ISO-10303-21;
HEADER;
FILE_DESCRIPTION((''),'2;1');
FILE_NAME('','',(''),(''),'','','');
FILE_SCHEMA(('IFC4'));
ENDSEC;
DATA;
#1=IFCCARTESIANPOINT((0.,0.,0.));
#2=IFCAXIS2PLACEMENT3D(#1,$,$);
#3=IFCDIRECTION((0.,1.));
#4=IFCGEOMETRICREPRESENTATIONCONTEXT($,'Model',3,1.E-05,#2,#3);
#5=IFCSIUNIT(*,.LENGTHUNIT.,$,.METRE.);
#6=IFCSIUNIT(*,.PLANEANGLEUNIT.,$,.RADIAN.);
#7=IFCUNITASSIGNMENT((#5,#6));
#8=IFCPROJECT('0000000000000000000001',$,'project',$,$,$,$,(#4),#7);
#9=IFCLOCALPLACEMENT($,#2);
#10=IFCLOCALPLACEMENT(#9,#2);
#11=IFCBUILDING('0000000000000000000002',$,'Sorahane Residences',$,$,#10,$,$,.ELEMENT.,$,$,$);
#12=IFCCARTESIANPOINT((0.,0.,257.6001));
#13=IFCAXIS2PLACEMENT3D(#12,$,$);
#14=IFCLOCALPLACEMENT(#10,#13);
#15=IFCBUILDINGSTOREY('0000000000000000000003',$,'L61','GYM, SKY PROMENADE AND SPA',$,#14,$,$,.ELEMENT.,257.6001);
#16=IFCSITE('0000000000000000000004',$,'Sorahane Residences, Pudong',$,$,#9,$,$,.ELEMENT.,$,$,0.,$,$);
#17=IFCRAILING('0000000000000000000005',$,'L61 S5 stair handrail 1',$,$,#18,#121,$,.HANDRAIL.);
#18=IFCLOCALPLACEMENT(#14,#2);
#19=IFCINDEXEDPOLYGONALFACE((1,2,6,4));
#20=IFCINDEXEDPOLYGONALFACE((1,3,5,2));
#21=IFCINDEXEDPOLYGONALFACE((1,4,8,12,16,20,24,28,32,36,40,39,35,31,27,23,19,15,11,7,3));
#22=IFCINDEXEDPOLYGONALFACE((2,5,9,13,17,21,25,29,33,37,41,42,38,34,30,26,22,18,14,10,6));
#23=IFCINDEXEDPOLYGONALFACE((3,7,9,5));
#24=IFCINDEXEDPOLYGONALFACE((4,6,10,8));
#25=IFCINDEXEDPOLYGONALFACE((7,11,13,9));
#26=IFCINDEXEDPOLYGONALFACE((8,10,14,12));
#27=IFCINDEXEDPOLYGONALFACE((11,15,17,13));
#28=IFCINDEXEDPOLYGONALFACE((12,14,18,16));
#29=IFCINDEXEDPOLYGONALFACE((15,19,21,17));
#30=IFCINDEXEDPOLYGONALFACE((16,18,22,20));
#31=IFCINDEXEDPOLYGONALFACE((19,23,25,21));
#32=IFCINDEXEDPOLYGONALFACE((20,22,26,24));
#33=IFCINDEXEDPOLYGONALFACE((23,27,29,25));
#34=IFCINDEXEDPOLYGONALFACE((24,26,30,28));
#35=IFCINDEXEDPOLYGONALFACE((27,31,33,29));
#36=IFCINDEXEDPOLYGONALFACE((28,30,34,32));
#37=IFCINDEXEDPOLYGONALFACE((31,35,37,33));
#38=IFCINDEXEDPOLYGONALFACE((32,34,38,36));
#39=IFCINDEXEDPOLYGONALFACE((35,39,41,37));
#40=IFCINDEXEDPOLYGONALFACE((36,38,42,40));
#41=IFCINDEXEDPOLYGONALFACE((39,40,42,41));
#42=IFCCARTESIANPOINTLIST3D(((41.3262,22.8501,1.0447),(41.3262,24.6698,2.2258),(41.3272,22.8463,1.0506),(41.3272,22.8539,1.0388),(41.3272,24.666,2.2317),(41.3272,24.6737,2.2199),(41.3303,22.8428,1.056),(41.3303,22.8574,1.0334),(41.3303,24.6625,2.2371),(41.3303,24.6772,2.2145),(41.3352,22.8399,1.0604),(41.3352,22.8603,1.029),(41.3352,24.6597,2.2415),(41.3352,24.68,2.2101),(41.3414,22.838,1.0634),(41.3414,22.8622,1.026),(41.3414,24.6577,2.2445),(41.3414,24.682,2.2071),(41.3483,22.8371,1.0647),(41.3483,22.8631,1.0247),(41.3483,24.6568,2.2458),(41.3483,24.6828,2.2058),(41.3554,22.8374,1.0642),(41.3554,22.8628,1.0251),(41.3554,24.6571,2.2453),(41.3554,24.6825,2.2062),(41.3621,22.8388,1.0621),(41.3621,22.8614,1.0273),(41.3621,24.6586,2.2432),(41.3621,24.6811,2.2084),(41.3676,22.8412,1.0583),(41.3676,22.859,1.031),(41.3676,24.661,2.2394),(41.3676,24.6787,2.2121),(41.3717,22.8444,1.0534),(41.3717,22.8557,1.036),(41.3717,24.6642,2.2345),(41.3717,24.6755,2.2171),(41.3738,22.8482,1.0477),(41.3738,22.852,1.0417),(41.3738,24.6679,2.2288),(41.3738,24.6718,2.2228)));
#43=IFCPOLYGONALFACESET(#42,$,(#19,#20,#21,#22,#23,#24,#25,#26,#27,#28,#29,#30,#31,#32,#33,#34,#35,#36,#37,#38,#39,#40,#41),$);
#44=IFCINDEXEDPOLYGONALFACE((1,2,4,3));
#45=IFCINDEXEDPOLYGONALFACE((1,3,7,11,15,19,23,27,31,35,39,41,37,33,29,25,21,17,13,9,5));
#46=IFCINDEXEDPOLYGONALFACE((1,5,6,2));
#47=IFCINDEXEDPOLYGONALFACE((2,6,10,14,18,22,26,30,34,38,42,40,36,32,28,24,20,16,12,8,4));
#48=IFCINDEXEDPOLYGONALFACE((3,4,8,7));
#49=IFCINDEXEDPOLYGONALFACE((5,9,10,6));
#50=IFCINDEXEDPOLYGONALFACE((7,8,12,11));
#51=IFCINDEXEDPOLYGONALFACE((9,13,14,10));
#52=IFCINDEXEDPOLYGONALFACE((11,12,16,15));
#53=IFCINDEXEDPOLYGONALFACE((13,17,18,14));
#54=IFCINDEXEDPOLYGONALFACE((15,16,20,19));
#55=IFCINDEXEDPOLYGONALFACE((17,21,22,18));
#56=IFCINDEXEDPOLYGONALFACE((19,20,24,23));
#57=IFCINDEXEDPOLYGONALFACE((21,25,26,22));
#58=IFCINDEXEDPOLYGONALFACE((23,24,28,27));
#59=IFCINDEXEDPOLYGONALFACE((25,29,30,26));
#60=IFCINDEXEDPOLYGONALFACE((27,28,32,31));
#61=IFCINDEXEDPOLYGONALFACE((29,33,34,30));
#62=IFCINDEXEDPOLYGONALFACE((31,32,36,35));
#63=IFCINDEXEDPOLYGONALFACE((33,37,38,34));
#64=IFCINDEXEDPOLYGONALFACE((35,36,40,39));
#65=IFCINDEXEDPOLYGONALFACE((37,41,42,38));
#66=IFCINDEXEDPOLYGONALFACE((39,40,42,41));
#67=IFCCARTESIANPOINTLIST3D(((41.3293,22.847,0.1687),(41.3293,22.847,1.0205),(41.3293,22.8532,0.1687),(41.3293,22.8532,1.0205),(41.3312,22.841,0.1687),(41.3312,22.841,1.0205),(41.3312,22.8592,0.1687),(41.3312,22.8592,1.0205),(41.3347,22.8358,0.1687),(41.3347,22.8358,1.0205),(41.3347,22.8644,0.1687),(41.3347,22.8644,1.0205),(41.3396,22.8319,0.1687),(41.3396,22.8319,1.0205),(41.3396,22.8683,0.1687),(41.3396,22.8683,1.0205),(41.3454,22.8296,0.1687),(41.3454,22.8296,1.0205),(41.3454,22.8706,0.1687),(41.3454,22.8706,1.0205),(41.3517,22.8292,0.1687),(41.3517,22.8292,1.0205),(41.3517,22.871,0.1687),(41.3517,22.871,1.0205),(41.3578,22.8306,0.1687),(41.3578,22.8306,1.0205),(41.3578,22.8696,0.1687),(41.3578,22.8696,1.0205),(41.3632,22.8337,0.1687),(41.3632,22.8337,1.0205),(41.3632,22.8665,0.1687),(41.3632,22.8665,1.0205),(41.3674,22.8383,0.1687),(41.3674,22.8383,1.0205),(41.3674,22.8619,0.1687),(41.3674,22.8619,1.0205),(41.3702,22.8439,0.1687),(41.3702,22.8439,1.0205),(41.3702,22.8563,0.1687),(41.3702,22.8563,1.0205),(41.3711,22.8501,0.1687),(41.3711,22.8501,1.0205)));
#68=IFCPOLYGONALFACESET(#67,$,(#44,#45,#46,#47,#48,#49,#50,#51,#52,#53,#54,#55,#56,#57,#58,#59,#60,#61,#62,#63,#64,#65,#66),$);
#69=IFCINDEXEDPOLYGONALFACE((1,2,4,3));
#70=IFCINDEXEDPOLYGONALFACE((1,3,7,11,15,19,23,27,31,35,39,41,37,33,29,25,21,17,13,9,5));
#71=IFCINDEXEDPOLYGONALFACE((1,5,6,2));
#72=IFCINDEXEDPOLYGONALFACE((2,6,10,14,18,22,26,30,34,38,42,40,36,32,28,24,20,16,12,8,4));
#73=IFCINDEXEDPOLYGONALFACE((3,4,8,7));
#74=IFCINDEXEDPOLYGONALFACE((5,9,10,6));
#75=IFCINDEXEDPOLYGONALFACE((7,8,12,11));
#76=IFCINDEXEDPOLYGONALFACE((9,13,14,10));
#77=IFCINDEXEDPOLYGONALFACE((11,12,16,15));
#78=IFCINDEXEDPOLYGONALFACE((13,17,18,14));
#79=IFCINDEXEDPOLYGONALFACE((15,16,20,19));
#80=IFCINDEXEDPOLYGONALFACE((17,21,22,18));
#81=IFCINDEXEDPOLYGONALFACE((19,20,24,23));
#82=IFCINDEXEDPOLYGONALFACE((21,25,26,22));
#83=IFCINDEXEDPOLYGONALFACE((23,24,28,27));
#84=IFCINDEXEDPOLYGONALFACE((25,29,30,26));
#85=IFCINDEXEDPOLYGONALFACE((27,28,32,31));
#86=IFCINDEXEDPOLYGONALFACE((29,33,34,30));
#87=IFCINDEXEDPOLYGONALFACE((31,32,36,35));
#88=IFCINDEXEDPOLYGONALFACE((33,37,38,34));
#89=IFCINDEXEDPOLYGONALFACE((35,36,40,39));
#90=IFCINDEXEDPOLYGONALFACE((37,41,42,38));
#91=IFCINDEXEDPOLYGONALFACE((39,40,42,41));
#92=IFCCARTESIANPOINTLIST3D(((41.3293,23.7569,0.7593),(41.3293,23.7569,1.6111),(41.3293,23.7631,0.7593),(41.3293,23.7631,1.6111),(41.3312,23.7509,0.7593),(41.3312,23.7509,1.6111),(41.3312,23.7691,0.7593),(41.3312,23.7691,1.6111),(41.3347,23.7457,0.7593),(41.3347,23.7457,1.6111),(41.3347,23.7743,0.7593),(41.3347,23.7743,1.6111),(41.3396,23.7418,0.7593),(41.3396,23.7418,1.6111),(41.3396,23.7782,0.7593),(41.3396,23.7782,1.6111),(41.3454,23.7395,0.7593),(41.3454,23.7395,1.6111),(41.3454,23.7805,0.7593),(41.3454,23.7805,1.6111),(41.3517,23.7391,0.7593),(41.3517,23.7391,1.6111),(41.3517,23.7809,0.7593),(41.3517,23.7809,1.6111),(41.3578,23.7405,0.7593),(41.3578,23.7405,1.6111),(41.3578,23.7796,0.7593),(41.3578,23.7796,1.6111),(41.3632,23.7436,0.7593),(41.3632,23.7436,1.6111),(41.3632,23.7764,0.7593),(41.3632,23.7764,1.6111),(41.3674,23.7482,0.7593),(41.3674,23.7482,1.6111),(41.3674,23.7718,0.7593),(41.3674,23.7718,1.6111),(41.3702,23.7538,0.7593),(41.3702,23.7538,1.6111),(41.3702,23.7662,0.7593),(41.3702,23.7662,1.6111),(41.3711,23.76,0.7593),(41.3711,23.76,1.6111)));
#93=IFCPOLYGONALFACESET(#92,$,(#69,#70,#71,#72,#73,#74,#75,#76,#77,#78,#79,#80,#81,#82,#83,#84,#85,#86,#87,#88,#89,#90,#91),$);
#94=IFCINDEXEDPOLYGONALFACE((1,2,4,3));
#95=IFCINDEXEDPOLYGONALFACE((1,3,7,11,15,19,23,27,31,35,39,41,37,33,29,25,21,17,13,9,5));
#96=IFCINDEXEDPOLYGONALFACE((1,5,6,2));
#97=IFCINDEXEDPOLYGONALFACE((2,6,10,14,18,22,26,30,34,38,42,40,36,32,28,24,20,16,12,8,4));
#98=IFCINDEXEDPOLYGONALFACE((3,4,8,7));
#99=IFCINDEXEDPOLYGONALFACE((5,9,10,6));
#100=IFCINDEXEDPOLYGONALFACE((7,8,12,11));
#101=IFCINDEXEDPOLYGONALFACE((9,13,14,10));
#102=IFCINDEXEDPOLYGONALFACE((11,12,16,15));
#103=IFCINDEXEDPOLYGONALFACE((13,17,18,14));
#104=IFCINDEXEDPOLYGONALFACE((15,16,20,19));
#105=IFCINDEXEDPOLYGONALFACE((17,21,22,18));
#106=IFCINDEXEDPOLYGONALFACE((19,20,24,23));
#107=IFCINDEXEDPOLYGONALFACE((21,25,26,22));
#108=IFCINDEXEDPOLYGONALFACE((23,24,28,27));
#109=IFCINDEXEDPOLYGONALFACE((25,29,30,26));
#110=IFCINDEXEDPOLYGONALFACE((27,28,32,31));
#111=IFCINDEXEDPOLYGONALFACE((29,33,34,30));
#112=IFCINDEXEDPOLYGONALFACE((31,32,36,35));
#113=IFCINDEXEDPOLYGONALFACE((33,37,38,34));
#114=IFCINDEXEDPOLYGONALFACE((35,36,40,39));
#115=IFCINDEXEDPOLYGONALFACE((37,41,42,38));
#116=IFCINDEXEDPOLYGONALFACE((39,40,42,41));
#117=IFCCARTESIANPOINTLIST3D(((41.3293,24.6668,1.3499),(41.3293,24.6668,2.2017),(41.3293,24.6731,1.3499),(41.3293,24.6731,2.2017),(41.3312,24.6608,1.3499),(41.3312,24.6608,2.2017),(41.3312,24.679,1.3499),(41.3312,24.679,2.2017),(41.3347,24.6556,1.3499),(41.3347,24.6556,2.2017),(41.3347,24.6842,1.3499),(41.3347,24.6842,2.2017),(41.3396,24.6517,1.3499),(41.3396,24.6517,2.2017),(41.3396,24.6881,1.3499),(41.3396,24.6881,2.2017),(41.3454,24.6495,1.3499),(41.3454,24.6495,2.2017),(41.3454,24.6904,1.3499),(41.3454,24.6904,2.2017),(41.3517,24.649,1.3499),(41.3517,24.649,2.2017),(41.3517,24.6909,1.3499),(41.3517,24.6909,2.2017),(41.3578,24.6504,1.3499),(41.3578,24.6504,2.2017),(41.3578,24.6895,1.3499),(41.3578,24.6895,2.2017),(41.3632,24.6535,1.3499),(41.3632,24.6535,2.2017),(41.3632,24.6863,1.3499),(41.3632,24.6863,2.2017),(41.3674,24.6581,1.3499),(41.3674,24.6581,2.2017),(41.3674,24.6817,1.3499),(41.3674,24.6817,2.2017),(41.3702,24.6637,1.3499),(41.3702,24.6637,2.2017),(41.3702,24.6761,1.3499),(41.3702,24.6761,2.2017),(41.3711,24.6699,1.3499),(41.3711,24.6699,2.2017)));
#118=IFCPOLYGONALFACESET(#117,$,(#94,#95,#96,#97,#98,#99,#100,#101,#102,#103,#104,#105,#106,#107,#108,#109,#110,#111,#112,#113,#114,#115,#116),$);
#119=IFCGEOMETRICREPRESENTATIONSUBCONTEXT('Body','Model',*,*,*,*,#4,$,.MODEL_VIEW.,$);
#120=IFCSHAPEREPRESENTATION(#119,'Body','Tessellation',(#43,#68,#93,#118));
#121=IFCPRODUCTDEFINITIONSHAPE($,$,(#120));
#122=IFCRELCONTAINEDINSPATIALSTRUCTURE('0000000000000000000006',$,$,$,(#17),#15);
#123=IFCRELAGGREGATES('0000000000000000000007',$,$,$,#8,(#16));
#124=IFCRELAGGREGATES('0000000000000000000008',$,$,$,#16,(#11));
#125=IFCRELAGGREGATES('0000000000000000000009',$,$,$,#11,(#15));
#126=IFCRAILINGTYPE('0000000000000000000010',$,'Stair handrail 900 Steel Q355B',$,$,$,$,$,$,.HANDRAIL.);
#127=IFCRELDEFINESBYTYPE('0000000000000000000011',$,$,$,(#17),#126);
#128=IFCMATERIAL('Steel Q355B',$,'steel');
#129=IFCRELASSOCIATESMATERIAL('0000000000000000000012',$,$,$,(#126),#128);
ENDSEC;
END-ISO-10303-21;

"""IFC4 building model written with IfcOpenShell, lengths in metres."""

from ifc_helpers import new_model, si_unit, direction, frame, origin, origin_2d, place, context, subcontext, project, spatial, circle, extrude, material, type_object, element, save


model = new_model("IFC4")

# Units and contexts
model_context = context("Model", 3, precision=1e-05, world=origin(), true_north=direction((0.0, 1.0)))
body_context = subcontext(model_context, "Body", "Model", "MODEL_VIEW")
ifc_project = project(units=[si_unit("LENGTHUNIT", "METRE"), si_unit("PLANEANGLEUNIT", "RADIAN")], contexts=[model_context])

# Site, building, storey
site_placement = place(None, origin())
site = spatial("IfcSite", under=ifc_project, at=site_placement, Name="Sorahane Residences, Pudong", CompositionType="ELEMENT", RefElevation=0.0)
building_placement = place(site_placement, origin())
building = spatial("IfcBuilding", under=site, at=building_placement, Name="Sorahane Residences", CompositionType="ELEMENT")
storey_placement = place(building_placement, frame((0.0, 0.0, 257.6001)))
storey = spatial("IfcBuildingStorey", under=building, at=storey_placement, Name="L61", Description="GYM, SKY PROMENADE AND SPA", CompositionType="ELEMENT", Elevation=257.6001)

# Railing
ifc_material_1 = material(Name="Steel Q355B", Category="steel")
railing_type = type_object("IfcRailingType", Name="Stair handrail 900 Steel Q355B", PredefinedType="HANDRAIL", material=ifc_material_1)
railing_placement = place(storey_placement, frame((41.3501, 22.8501, 0.1687)))
element("IfcRailing", 1, at=railing_placement, inside=storey, type_object=railing_type, Name="L61 S5 stair handrail 1", PredefinedType="HANDRAIL", context=body_context, shape_type="SweptSolid", body=[
    extrude(circle(Radius=0.0239, at=origin_2d()), frame((0.0, 0.0, 0.876), z_axis=(0.0, 0.838809, 0.544427), x_axis=(-1.0, 0.0, 0.0)), (0.0, 0.0, 1.0), 2.1694),
    extrude(circle(Radius=0.021, at=origin_2d()), origin(), (0.0, 0.0, 1.0), 0.8518),
    extrude(circle(Radius=0.021, at=origin_2d()), frame((0.0, 0.9099, 0.5906)), (0.0, 0.0, 1.0), 0.8518),
    extrude(circle(Radius=0.021, at=origin_2d()), frame((0.0, 1.8198, 1.1812)), (0.0, 0.0, 1.0), 0.8518),
])

save(model, "model.ifc")
